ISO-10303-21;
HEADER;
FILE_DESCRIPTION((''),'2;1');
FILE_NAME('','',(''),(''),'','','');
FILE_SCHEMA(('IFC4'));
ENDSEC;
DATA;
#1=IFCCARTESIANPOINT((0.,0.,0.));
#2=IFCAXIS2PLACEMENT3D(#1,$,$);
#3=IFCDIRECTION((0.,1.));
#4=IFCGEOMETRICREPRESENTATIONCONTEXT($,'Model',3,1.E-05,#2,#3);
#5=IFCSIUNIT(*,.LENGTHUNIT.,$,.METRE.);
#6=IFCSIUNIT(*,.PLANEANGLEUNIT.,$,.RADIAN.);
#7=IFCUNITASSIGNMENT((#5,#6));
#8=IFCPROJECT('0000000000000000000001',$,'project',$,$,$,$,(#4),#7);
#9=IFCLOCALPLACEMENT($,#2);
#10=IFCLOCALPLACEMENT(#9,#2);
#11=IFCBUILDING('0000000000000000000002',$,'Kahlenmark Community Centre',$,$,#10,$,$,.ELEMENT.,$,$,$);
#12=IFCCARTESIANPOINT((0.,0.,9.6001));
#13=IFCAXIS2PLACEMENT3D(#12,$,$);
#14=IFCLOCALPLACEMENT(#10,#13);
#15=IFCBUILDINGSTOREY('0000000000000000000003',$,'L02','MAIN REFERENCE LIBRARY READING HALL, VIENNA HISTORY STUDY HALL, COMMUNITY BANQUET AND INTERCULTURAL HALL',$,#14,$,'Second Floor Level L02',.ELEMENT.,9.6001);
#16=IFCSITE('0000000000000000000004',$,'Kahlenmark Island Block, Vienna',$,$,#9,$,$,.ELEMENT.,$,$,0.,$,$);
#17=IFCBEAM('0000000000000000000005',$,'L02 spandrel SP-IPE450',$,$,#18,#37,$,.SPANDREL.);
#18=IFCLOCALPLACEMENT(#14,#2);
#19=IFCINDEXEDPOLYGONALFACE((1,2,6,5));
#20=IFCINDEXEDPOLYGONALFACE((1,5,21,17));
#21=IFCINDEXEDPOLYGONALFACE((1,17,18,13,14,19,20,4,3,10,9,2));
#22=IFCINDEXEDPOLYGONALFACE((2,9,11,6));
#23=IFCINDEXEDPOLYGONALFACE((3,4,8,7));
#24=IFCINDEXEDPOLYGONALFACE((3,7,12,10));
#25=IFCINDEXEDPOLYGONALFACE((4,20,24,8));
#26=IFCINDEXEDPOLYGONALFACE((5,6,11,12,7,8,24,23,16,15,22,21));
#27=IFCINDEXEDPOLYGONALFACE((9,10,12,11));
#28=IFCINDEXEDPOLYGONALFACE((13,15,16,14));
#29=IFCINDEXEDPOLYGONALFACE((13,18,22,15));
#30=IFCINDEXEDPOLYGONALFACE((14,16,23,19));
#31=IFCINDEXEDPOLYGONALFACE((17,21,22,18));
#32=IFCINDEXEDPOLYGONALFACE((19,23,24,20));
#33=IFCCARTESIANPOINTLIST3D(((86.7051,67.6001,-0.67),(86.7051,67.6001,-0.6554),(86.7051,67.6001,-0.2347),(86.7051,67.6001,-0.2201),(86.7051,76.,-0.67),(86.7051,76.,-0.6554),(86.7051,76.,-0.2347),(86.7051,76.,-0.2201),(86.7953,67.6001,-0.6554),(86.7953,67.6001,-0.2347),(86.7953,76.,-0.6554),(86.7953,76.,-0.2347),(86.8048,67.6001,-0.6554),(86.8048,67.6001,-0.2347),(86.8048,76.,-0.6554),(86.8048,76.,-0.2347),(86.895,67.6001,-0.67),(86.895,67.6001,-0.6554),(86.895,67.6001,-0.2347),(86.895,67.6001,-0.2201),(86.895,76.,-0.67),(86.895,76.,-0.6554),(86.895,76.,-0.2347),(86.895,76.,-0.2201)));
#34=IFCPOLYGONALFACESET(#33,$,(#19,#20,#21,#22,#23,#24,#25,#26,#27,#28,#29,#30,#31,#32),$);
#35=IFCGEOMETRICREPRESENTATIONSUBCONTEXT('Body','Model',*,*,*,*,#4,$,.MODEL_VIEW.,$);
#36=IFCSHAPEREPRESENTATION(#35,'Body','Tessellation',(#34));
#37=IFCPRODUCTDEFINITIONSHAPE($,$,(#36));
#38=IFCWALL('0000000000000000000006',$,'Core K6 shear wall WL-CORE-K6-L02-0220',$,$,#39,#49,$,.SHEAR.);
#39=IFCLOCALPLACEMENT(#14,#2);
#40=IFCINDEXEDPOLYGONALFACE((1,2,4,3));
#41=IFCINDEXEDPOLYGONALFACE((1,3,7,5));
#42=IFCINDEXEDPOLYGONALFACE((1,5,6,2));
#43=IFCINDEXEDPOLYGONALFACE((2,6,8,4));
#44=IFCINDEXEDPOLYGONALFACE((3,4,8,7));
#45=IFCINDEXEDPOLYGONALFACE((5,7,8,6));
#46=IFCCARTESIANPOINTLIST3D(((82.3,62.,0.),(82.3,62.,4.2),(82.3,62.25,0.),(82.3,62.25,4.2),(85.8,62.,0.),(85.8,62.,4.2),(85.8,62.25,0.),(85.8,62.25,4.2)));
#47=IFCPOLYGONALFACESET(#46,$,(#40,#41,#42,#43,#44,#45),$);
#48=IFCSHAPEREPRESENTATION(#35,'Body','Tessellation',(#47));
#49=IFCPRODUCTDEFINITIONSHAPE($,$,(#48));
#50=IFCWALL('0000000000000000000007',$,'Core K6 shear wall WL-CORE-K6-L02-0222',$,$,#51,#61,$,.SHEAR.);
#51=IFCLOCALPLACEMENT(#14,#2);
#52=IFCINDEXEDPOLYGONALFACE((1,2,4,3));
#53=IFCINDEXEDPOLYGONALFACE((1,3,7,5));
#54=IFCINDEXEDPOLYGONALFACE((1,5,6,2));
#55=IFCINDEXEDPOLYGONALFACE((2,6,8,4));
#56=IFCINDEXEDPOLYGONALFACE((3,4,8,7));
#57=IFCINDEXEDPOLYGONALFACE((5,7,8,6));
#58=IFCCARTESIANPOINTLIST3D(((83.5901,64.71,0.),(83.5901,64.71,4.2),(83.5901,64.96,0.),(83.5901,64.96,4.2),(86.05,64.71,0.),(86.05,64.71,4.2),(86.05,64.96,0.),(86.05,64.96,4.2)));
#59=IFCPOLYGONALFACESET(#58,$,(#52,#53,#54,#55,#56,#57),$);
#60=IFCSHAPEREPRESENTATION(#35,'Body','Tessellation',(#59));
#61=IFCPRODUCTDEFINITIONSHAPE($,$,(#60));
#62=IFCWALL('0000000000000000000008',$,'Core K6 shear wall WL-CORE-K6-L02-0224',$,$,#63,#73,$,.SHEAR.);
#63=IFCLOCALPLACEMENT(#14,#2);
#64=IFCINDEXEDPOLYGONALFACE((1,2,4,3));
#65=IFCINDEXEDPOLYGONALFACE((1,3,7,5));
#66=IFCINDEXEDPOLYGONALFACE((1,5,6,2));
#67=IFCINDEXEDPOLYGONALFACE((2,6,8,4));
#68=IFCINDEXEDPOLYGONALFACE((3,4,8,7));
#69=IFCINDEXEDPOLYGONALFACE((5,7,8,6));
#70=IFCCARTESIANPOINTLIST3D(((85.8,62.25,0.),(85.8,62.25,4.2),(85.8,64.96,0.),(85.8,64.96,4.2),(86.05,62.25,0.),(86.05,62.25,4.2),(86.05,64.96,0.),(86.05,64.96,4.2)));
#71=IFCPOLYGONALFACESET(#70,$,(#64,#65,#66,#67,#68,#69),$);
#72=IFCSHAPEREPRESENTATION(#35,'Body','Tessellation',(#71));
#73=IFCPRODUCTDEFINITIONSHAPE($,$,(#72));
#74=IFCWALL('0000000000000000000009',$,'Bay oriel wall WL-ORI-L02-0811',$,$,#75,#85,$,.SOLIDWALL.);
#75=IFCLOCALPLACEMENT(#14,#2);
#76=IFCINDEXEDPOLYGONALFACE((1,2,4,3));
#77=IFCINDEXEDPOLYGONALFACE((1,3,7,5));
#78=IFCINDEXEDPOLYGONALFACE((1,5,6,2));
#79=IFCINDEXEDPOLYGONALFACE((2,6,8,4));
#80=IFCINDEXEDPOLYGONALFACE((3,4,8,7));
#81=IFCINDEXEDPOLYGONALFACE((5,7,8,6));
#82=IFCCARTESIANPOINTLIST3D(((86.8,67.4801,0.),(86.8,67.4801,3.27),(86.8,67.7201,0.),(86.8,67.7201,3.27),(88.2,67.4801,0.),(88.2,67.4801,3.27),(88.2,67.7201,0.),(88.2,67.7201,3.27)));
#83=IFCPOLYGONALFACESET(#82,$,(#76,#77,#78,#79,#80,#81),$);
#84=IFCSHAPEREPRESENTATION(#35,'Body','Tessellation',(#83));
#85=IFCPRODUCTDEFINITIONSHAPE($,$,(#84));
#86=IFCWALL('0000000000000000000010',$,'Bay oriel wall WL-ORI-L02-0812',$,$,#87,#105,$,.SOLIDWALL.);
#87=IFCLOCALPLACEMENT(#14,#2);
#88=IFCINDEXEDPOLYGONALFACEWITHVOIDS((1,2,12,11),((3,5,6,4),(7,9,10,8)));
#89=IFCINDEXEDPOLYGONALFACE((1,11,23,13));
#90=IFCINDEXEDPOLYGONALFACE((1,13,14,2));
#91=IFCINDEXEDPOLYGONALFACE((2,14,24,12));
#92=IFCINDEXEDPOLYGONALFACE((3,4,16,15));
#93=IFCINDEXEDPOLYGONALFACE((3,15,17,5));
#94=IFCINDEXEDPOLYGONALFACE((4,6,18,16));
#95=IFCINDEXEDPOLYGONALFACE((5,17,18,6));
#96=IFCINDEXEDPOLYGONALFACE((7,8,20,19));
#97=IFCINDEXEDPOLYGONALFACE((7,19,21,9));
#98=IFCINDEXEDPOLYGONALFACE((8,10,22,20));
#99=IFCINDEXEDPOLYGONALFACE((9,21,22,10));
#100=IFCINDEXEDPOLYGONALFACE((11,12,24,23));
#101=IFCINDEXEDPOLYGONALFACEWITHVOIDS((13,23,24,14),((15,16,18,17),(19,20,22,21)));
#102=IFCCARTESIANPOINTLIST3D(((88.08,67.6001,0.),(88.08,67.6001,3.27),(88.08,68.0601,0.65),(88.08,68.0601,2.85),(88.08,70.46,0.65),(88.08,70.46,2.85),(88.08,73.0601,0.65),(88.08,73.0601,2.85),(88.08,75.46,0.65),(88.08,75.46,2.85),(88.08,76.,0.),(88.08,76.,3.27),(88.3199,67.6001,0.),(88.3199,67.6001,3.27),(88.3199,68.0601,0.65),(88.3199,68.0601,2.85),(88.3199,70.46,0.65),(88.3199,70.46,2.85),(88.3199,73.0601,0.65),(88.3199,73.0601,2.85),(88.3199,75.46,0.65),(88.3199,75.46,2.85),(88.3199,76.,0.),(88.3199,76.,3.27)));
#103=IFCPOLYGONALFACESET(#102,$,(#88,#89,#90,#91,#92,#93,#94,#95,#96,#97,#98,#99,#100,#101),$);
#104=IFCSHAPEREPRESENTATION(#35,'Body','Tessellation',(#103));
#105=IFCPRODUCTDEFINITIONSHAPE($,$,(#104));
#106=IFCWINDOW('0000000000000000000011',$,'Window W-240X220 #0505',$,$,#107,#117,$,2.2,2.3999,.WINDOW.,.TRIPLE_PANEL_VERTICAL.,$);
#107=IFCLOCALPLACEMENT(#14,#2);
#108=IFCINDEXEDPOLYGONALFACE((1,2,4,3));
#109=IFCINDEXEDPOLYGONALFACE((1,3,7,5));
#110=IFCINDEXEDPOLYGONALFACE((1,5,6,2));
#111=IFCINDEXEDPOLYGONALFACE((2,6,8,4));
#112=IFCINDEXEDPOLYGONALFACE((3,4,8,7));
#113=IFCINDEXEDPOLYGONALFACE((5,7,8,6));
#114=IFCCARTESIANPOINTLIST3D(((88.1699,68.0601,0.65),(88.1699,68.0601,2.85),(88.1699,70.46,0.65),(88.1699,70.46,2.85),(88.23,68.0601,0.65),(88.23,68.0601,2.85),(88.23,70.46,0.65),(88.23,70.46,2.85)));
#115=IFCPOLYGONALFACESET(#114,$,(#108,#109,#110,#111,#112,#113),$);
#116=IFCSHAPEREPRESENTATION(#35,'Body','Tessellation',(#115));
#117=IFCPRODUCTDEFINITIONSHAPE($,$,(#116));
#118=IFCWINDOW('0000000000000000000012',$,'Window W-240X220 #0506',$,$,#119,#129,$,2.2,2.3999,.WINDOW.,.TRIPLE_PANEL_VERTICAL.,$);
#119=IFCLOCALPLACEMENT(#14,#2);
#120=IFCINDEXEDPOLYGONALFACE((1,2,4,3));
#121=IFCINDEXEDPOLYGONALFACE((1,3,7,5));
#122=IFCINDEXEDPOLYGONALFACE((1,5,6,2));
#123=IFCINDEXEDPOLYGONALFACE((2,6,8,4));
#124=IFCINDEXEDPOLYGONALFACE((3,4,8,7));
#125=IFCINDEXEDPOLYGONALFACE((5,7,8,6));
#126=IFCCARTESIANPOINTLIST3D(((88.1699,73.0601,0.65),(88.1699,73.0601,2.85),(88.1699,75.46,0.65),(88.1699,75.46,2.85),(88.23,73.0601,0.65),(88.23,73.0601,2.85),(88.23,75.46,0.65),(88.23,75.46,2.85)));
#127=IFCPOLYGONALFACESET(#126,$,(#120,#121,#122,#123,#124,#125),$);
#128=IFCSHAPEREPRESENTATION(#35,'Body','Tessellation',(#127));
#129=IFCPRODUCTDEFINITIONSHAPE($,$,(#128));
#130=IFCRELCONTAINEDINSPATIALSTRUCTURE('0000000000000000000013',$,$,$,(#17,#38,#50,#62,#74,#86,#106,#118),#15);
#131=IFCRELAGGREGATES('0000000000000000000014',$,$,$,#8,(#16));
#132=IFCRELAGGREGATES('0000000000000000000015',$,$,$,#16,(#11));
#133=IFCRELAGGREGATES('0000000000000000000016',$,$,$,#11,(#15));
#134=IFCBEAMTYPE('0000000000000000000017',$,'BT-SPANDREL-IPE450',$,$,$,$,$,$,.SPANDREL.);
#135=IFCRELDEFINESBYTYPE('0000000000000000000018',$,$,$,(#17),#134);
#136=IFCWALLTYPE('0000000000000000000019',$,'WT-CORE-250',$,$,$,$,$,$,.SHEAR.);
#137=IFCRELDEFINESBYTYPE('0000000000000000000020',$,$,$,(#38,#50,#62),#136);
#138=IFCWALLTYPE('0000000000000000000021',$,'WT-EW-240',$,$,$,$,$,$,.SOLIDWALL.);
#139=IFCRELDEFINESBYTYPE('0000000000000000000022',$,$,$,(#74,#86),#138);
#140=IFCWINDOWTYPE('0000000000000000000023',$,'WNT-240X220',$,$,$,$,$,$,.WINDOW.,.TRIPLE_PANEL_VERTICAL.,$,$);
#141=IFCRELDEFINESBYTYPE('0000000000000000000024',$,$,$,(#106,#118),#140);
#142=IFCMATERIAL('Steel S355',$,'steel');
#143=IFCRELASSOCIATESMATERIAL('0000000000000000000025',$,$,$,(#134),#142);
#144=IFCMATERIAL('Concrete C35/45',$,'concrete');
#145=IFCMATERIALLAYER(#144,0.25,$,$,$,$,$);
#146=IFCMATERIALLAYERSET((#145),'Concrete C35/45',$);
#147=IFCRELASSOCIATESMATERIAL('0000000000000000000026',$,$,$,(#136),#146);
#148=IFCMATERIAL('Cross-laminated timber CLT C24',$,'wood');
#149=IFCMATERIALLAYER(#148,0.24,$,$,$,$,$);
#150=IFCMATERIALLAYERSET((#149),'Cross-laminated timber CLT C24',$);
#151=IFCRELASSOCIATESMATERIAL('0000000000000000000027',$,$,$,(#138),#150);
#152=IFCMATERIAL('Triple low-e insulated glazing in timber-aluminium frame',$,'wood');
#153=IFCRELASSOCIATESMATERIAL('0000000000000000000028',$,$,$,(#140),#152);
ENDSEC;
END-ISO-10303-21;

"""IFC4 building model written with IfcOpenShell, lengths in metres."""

from ifc_helpers import new_model, si_unit, direction, frame, frame_2d, origin, origin_2d, place, context, subcontext, project, spatial, rectangle, i_section, extrude, material, layer, layer_set, material_profile, profile_set, type_object, element, fill, save


model = new_model("IFC4")

# Units and contexts
model_context = context("Model", 3, precision=1e-05, world=origin(), true_north=direction((0.0, 1.0)))
body_context = subcontext(model_context, "Body", "Model", "MODEL_VIEW")
ifc_project = project(units=[si_unit("LENGTHUNIT", "METRE"), si_unit("PLANEANGLEUNIT", "RADIAN")], contexts=[model_context])

# Site, building, storey
site_placement = place(None, origin())
site = spatial("IfcSite", under=ifc_project, at=site_placement, Name="Kahlenmark Island Block, Vienna", CompositionType="ELEMENT", RefElevation=0.0)
building_placement = place(site_placement, origin())
building = spatial("IfcBuilding", under=site, at=building_placement, Name="Kahlenmark Community Centre", CompositionType="ELEMENT")
storey_placement = place(building_placement, frame((0.0, 0.0, 9.6001)))
storey = spatial("IfcBuildingStorey", under=building, at=storey_placement, Name="L02", Description="MAIN REFERENCE LIBRARY READING HALL, VIENNA HISTORY STUDY HALL, COMMUNITY BANQUET AND INTERCULTURAL HALL", LongName="Second Floor Level L02", CompositionType="ELEMENT", Elevation=9.6001)

# Beam
ifc_material_1 = material(Name="Steel S355", Category="steel")
ifc_material_profile_1 = material_profile(ifc_material_1, i_section(OverallWidth=0.1899, OverallDepth=0.45, WebThickness=0.0095, FlangeThickness=0.0146, at=origin_2d()), Name="IPE 450")
ifc_profile_set_1 = profile_set([ifc_material_profile_1], Name="Steel S355")
beam_type_1 = type_object("IfcBeamType", Name="BT-SPANDREL-IPE450", PredefinedType="SPANDREL", material=ifc_profile_set_1)
beam_1_placement = place(storey_placement, frame((86.8, 67.6001, -0.4451), z_axis=(0.0, 1.0, 0.0), x_axis=(-1.0, 0.0, 0.0)))
element("IfcBeam", 1, at=beam_1_placement, inside=storey, type_object=beam_type_1, Name="L02 spandrel SP-IPE450", PredefinedType="SPANDREL", context=body_context, shape_type="SweptSolid", body=[
    extrude(i_section(OverallWidth=0.1899, OverallDepth=0.45, WebThickness=0.0095, FlangeThickness=0.0146, at=origin_2d()), origin(), (0.0, 0.0, 1.0), 8.3999),
])

# Walls
ifc_material_2 = material(Name="Concrete C35/45", Category="concrete")
ifc_layer_1 = layer(ifc_material_2, 0.25)
ifc_layer_set_1 = layer_set([ifc_layer_1], Name="Concrete C35/45")
wall_type_1 = type_object("IfcWallType", Name="WT-CORE-250", PredefinedType="SHEAR", material=ifc_layer_set_1)
wall_1_placement = place(storey_placement, frame((85.8, 62.125, 0.0), z_axis=(0.0, 0.0, 1.0), x_axis=(-1.0, 0.0, 0.0)))
element("IfcWall", 2, at=wall_1_placement, inside=storey, type_object=wall_type_1, Name="Core K6 shear wall WL-CORE-K6-L02-0220", PredefinedType="SHEAR", context=body_context, shape_type="SweptSolid", body=[
    extrude(rectangle(XDim=3.5, YDim=0.25, at=frame_2d((1.75, 0.0))), origin(), (0.0, 0.0, 1.0), 4.2),
])
wall_2_placement = place(storey_placement, frame((83.5901, 64.835, 0.0), z_axis=(0.0, 0.0, 1.0), x_axis=(1.0, 0.0, 0.0)))
element("IfcWall", 3, at=wall_2_placement, inside=storey, type_object=wall_type_1, Name="Core K6 shear wall WL-CORE-K6-L02-0222", PredefinedType="SHEAR", context=body_context, shape_type="SweptSolid", body=[
    extrude(rectangle(XDim=2.46, YDim=0.25, at=frame_2d((1.23, 0.0))), origin(), (0.0, 0.0, 1.0), 4.2),
])

# Walls
wall_3_placement = place(storey_placement, frame((85.925, 62.25, 0.0), z_axis=(0.0, 0.0, 1.0), x_axis=(0.0, 1.0, 0.0)))
element("IfcWall", 4, at=wall_3_placement, inside=storey, type_object=wall_type_1, Name="Core K6 shear wall WL-CORE-K6-L02-0224", PredefinedType="SHEAR", context=body_context, shape_type="SweptSolid", body=[
    extrude(rectangle(XDim=2.71, YDim=0.25, at=frame_2d((1.355, 0.0))), origin(), (0.0, 0.0, 1.0), 4.2),
])
ifc_material_3 = material(Name="Cross-laminated timber CLT C24", Category="wood")
ifc_layer_2 = layer(ifc_material_3, 0.24)
ifc_layer_set_2 = layer_set([ifc_layer_2], Name="Cross-laminated timber CLT C24")
wall_type_2 = type_object("IfcWallType", Name="WT-EW-240", PredefinedType="SOLIDWALL", material=ifc_layer_set_2)
wall_4_placement = place(storey_placement, frame((86.8, 67.6001, 0.0), z_axis=(0.0, 0.0, 1.0), x_axis=(1.0, 0.0, 0.0)))
element("IfcWall", 5, at=wall_4_placement, inside=storey, type_object=wall_type_2, Name="Bay oriel wall WL-ORI-L02-0811", PredefinedType="SOLIDWALL", context=body_context, shape_type="SweptSolid", body=[
    extrude(rectangle(XDim=1.3999, YDim=0.24, at=frame_2d((0.7, 0.0))), origin(), (0.0, 0.0, 1.0), 3.27),
])

# Wall, openings, windows
wall_5_placement = place(storey_placement, frame((88.2, 67.6001, 0.0), z_axis=(0.0, 0.0, 1.0), x_axis=(0.0, 1.0, 0.0)))
wall_5 = element("IfcWall", 6, at=wall_5_placement, inside=storey, type_object=wall_type_2, Name="Bay oriel wall WL-ORI-L02-0812", PredefinedType="SOLIDWALL", context=body_context, shape_type="SweptSolid", body=[
    extrude(rectangle(XDim=8.3999, YDim=0.24, at=frame_2d((4.2, 0.0))), origin(), (0.0, 0.0, 1.0), 3.27),
])
opening_1_placement = place(wall_5_placement, frame((0.46, 0.0, 0.6499)))
opening_1 = element("IfcOpeningElement", 7, at=opening_1_placement, cuts=wall_5, PredefinedType="OPENING", context=body_context, shape_type="SweptSolid", body=[
    extrude(rectangle(XDim=2.3999, YDim=2.2, at=frame_2d((1.2, 1.1001))), frame((0.0, 0.1299, 0.0), z_axis=(0.0, -1.0, 0.0), x_axis=(1.0, 0.0, 0.0)), (0.0, 0.0, 1.0), 0.26),
])
opening_2_placement = place(wall_5_placement, frame((5.46, 0.0, 0.6499)))
opening_2 = element("IfcOpeningElement", 8, at=opening_2_placement, cuts=wall_5, PredefinedType="OPENING", context=body_context, shape_type="SweptSolid", body=[
    extrude(rectangle(XDim=2.3999, YDim=2.2, at=frame_2d((1.2, 1.1001))), frame((0.0, 0.1299, 0.0), z_axis=(0.0, -1.0, 0.0), x_axis=(1.0, 0.0, 0.0)), (0.0, 0.0, 1.0), 0.26),
])
ifc_material_4 = material(Name="Triple low-e insulated glazing in timber-aluminium frame", Category="wood")
window_type_1 = type_object("IfcWindowType", Name="WNT-240X220", PartitioningType="TRIPLE_PANEL_VERTICAL", PredefinedType="WINDOW", material=ifc_material_4)
window_1_placement = place(opening_1_placement, origin())
window_1 = element("IfcWindow", 9, at=window_1_placement, inside=storey, type_object=window_type_1, Name="Window W-240X220 #0505", OverallHeight=2.2, OverallWidth=2.3999, PartitioningType="TRIPLE_PANEL_VERTICAL", PredefinedType="WINDOW", context=body_context, shape_type="SweptSolid", body=[
    extrude(rectangle(XDim=2.3999, YDim=2.2, at=frame_2d((1.2, 1.1001))), frame((0.0, 0.03, 0.0), z_axis=(0.0, -1.0, 0.0), x_axis=(1.0, 0.0, 0.0)), (0.0, 0.0, 1.0), 0.0601),
])
fill(opening_1, window_1)
window_2_placement = place(opening_2_placement, origin())
window_2 = element("IfcWindow", 10, at=window_2_placement, inside=storey, type_object=window_type_1, Name="Window W-240X220 #0506", OverallHeight=2.2, OverallWidth=2.3999, PartitioningType="TRIPLE_PANEL_VERTICAL", PredefinedType="WINDOW", context=body_context, shape_type="SweptSolid", body=[
    extrude(rectangle(XDim=2.3999, YDim=2.2, at=frame_2d((1.2, 1.1001))), frame((0.0, 0.03, 0.0), z_axis=(0.0, -1.0, 0.0), x_axis=(1.0, 0.0, 0.0)), (0.0, 0.0, 1.0), 0.0601),
])
fill(opening_2, window_2)

save(model, "model.ifc")
